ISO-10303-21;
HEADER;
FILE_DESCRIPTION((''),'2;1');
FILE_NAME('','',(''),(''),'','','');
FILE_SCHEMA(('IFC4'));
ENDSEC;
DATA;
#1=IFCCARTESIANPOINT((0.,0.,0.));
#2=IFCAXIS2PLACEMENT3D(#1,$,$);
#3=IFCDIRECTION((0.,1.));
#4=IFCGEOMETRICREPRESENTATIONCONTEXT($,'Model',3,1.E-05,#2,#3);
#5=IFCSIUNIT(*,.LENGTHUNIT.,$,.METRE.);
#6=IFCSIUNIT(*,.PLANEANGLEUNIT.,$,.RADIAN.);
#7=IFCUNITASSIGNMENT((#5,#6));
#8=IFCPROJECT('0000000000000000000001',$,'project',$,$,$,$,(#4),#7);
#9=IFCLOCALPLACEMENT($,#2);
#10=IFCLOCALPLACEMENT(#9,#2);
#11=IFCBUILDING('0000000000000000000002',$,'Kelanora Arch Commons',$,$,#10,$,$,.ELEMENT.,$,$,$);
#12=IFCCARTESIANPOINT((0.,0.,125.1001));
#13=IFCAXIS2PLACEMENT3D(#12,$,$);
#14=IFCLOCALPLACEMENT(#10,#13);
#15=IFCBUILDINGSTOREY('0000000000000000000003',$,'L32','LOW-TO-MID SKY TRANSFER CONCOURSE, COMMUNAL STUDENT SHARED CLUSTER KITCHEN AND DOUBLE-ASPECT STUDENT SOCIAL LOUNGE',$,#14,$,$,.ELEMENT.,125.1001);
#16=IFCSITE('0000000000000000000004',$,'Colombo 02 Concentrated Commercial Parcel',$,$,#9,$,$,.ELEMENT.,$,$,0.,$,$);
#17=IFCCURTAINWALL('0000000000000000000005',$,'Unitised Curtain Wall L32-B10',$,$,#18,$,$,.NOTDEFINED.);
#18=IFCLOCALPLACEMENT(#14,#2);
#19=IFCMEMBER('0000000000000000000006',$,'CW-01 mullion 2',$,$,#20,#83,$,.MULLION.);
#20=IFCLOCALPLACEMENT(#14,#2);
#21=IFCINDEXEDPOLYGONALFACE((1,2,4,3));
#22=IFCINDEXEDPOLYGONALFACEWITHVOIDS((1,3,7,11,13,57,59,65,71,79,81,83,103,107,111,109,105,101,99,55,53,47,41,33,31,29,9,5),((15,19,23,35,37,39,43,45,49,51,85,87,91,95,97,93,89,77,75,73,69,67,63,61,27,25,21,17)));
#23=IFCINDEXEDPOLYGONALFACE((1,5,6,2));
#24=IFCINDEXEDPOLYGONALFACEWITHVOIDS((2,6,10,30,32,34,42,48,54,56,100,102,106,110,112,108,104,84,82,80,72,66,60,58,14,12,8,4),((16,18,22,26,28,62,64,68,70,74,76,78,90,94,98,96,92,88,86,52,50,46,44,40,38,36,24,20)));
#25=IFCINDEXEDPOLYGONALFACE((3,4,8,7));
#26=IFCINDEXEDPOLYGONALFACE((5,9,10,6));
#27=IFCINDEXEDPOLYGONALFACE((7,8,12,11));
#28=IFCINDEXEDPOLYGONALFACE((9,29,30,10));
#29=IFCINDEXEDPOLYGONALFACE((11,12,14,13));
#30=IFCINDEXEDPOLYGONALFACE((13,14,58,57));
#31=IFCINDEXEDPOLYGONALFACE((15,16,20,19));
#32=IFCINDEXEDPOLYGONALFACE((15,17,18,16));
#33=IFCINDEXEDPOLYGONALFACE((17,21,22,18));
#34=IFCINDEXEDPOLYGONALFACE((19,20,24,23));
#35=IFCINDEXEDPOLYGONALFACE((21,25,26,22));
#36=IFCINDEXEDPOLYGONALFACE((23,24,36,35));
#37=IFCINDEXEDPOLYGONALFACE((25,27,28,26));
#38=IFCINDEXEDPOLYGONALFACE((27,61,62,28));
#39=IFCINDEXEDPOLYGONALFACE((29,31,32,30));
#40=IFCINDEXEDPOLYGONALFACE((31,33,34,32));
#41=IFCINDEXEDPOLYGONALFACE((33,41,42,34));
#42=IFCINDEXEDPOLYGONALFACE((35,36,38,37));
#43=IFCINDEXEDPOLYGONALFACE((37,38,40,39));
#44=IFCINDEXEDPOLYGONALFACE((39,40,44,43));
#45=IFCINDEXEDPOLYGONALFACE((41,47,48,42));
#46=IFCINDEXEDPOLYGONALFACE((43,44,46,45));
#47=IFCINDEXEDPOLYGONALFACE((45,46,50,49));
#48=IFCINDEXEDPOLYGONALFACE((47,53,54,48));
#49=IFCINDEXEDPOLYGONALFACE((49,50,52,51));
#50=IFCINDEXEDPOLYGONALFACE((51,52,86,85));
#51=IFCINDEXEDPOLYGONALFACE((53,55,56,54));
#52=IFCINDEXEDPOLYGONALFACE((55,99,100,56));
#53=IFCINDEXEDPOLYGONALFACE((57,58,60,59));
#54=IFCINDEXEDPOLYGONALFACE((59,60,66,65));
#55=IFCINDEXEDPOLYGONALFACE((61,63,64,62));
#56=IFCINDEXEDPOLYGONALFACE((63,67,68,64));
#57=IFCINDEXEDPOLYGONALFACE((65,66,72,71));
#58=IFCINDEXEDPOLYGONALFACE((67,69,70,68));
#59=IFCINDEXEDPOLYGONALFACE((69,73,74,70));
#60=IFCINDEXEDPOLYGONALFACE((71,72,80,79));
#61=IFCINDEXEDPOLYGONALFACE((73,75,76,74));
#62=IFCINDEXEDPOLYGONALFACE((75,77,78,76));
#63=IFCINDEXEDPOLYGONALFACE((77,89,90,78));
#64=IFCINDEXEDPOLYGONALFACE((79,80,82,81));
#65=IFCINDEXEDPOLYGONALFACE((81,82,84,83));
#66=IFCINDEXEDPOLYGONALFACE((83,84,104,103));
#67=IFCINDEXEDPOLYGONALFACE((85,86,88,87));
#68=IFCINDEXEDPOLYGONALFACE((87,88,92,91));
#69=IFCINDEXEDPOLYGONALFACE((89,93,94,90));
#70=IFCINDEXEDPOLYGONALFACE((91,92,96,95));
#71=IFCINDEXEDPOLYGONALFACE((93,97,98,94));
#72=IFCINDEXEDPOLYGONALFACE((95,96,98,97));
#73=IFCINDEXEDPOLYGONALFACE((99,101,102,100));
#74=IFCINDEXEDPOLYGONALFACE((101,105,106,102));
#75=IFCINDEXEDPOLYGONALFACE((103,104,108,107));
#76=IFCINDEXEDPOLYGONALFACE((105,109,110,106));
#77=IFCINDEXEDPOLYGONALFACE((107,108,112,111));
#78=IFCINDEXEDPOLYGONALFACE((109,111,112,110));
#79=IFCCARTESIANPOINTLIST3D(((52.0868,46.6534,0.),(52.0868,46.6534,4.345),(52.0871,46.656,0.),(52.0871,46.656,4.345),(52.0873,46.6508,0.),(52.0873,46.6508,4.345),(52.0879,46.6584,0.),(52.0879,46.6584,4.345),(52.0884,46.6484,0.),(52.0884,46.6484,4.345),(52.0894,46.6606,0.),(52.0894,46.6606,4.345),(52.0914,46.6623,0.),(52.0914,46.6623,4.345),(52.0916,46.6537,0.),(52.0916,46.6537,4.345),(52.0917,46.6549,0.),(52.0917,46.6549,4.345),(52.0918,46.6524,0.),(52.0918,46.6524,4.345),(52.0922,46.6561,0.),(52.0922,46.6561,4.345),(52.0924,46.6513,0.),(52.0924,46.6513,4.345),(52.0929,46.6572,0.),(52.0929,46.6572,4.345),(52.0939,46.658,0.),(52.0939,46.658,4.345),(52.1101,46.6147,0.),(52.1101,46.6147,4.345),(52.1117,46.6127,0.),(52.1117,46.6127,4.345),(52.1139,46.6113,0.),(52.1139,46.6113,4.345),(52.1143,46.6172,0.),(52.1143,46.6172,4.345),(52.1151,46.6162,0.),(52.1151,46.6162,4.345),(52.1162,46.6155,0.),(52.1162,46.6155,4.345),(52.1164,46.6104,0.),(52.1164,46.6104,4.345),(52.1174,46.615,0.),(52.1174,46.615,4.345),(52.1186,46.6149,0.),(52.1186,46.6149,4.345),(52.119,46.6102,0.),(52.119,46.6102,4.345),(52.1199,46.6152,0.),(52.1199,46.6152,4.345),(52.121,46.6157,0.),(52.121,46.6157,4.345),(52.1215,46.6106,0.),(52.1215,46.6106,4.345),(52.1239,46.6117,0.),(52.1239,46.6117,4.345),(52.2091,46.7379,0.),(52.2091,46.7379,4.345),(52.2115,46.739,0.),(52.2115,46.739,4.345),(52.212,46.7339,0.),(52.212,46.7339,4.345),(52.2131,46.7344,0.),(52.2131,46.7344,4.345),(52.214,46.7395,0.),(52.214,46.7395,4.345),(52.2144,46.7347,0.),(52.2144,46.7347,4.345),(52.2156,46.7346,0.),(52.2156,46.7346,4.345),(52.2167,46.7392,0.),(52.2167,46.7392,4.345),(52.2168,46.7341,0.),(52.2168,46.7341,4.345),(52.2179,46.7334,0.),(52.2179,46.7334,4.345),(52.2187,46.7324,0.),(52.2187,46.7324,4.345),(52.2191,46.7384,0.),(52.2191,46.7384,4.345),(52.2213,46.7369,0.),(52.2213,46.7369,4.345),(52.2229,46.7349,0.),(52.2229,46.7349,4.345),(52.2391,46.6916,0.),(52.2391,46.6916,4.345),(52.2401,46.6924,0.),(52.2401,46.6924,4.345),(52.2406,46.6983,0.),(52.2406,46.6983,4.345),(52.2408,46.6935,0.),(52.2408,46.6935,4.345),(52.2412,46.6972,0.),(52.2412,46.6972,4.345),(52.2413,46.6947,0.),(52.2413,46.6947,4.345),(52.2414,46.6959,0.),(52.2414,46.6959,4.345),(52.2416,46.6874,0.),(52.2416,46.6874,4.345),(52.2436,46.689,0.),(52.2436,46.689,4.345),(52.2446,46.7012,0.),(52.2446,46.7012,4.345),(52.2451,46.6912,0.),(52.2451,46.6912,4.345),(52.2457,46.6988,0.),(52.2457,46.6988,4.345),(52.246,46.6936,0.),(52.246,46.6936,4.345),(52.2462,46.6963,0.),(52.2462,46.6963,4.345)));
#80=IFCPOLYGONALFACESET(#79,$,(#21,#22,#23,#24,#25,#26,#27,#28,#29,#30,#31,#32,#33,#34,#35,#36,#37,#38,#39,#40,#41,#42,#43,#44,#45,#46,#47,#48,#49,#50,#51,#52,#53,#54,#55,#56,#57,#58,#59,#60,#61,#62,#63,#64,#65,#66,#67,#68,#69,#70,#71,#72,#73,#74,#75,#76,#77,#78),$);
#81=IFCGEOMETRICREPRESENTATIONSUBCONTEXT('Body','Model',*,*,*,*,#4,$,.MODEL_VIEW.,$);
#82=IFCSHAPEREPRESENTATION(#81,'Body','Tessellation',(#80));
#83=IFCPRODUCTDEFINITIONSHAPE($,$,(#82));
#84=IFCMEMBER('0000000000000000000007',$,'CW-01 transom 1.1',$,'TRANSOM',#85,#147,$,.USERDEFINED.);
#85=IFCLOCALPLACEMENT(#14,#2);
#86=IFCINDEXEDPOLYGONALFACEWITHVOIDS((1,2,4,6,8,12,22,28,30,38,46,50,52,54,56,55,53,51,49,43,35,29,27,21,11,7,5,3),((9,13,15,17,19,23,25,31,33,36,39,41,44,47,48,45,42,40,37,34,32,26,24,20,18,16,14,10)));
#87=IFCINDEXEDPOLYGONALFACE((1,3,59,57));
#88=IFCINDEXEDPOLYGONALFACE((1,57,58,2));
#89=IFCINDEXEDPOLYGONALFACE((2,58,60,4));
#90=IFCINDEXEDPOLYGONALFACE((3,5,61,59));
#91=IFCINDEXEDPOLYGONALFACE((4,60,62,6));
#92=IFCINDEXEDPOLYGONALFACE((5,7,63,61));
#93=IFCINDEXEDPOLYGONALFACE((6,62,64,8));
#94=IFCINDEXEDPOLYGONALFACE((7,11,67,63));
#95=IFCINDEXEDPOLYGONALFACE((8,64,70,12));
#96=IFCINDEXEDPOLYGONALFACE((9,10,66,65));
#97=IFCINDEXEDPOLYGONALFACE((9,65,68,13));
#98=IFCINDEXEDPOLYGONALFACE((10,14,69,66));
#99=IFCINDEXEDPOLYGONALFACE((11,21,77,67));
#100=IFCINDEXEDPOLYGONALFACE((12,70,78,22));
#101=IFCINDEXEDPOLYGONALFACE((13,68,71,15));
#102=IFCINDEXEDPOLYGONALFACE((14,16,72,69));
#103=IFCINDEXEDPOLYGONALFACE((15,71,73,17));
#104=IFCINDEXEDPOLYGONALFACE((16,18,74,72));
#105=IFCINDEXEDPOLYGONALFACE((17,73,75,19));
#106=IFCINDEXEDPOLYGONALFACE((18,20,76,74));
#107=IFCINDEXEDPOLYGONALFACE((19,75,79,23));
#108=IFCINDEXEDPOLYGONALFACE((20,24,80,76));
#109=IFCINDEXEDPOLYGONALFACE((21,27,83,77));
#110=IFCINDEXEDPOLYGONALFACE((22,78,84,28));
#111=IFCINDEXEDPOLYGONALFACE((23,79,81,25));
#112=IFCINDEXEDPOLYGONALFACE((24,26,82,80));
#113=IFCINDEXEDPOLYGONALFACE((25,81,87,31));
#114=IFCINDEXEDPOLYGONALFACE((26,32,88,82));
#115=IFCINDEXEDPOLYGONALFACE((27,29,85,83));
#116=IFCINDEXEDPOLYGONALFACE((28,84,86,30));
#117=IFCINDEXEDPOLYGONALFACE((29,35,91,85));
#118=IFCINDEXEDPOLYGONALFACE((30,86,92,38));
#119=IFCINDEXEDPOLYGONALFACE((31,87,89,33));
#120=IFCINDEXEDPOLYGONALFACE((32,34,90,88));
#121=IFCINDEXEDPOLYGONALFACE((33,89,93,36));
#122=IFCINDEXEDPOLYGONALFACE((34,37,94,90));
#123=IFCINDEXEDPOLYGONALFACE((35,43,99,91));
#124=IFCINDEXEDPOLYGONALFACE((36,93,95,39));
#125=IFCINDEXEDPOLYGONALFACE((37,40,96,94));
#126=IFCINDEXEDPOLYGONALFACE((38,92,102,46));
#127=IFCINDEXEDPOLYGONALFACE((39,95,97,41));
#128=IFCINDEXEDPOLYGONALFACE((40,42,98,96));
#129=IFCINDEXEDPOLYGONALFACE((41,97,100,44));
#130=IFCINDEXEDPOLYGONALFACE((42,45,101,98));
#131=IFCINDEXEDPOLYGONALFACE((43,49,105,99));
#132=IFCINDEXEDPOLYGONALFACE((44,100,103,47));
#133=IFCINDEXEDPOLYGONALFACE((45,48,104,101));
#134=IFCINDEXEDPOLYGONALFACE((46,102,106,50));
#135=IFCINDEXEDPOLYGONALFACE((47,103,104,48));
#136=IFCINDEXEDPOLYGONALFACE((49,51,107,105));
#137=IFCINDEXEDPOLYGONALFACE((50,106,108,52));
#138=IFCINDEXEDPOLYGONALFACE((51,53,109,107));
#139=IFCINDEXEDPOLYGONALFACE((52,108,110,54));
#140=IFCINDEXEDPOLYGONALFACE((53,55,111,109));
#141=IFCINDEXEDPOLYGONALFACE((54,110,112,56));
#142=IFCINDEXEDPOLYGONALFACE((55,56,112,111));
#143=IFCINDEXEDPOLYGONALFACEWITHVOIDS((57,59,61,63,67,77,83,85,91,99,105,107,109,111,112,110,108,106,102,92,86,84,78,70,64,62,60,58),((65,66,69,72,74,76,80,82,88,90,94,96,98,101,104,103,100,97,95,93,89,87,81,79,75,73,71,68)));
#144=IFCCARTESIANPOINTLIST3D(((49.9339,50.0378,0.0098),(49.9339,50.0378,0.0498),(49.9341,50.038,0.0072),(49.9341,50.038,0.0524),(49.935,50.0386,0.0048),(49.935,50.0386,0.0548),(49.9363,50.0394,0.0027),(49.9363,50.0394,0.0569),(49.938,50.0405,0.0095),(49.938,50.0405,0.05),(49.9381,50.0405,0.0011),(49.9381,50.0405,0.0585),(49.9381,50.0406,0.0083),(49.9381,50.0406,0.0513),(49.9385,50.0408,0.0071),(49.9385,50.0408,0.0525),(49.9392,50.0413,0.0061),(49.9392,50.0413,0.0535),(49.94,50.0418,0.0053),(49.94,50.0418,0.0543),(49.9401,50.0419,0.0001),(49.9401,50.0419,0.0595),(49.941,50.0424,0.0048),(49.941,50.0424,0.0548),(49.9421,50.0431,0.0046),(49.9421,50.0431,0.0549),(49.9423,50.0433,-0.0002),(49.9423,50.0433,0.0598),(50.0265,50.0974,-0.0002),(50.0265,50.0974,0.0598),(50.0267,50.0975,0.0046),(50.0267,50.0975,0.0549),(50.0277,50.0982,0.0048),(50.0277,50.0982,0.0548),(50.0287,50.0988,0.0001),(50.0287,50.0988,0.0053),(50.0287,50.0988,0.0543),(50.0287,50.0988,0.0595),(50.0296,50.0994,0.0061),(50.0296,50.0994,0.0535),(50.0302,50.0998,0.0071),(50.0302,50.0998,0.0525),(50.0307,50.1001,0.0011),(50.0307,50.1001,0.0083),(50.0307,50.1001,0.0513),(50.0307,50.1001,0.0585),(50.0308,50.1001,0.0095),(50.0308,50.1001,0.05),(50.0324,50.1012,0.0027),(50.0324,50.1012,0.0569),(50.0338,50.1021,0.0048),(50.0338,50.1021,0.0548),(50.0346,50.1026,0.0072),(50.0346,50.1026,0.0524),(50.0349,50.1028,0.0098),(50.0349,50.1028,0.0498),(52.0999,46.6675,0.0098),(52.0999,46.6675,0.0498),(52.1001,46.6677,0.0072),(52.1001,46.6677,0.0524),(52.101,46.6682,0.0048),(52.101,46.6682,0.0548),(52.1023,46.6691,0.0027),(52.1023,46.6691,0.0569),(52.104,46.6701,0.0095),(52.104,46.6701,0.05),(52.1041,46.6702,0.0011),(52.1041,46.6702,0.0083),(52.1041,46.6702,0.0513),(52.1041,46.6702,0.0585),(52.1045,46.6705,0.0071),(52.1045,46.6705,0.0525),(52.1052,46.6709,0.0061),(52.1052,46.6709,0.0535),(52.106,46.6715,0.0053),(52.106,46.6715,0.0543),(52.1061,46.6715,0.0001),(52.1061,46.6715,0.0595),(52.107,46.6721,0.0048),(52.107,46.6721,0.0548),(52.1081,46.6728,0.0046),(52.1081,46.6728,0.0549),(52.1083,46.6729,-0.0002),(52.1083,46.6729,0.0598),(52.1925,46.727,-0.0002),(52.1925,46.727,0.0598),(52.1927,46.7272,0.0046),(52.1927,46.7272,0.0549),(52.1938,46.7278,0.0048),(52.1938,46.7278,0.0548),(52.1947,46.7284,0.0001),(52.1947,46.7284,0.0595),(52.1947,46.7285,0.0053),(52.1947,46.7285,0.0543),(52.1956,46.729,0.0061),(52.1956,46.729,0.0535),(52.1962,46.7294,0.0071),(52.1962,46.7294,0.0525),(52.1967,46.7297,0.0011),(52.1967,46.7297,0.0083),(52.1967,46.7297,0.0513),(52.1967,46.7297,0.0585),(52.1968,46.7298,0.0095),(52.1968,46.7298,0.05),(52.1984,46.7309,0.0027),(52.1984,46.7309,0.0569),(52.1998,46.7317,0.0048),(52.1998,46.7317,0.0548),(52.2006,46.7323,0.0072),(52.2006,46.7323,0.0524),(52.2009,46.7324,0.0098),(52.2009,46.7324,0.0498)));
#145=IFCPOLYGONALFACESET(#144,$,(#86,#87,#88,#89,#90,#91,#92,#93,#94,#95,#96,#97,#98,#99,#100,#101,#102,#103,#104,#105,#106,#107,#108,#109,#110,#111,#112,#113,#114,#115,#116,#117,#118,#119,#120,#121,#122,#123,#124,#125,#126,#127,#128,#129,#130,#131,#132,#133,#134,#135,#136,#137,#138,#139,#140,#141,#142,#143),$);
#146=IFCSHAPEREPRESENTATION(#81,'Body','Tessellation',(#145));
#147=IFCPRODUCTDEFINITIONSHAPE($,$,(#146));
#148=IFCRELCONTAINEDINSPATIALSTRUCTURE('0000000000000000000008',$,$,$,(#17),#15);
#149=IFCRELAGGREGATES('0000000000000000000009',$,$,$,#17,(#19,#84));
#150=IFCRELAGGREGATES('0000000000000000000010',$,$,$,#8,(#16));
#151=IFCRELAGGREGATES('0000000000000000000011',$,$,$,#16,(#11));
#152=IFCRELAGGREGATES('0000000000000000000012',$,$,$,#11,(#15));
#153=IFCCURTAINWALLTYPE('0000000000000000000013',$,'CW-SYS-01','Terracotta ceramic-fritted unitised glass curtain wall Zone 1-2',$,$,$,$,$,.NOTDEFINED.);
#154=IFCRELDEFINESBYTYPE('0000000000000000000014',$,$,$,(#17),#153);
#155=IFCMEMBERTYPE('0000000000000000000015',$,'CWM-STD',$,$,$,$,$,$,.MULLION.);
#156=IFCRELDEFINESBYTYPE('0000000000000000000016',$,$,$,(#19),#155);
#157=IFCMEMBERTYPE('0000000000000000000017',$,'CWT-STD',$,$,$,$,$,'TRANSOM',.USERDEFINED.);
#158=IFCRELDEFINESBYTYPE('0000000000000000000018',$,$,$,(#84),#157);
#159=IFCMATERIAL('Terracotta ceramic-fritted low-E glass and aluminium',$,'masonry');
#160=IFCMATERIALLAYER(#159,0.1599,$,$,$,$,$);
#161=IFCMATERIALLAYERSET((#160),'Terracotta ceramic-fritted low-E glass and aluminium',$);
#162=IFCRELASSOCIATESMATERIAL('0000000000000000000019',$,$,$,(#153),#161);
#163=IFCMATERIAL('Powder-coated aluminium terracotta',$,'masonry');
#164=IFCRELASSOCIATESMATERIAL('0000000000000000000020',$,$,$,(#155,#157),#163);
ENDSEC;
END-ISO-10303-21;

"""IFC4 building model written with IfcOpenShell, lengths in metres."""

from ifc_helpers import new_model, si_unit, direction, frame, origin, origin_2d, place, context, subcontext, project, spatial, hollow_rectangle, extrude, material, layer, layer_set, material_profile, profile_set, type_object, element, aggregate, save


model = new_model("IFC4")

# Units and contexts
model_context = context("Model", 3, precision=1e-05, world=origin(), true_north=direction((0.0, 1.0)))
body_context = subcontext(model_context, "Body", "Model", "MODEL_VIEW")
ifc_project = project(units=[si_unit("LENGTHUNIT", "METRE"), si_unit("PLANEANGLEUNIT", "RADIAN")], contexts=[model_context])

# Site, building, storey
site_placement = place(None, origin())
site = spatial("IfcSite", under=ifc_project, at=site_placement, Name="Colombo 02 Concentrated Commercial Parcel", CompositionType="ELEMENT", RefElevation=0.0)
building_placement = place(site_placement, origin())
building = spatial("IfcBuilding", under=site, at=building_placement, Name="Kelanora Arch Commons", CompositionType="ELEMENT")
storey_placement = place(building_placement, frame((0.0, 0.0, 125.1001)))
storey = spatial("IfcBuildingStorey", under=building, at=storey_placement, Name="L32", Description="LOW-TO-MID SKY TRANSFER CONCOURSE, COMMUNAL STUDENT SHARED CLUSTER KITCHEN AND DOUBLE-ASPECT STUDENT SOCIAL LOUNGE", CompositionType="ELEMENT", Elevation=125.1001)

# Shared definitions
ifc_material_1 = material(Name="Terracotta ceramic-fritted low-E glass and aluminium", Category="masonry")
ifc_layer_1 = layer(ifc_material_1, 0.1599)
ifc_layer_set_1 = layer_set([ifc_layer_1], Name="Terracotta ceramic-fritted low-E glass and aluminium")
curtain_wall_type = type_object("IfcCurtainWallType", Name="CW-SYS-01", Description="Terracotta ceramic-fritted unitised glass curtain wall Zone 1-2", PredefinedType="NOTDEFINED", material=ifc_layer_set_1)
ifc_material_2 = material(Name="Powder-coated aluminium terracotta", Category="masonry")
ifc_material_profile_1 = material_profile(ifc_material_2, hollow_rectangle(XDim=0.1599, YDim=0.0601, WallThickness=0.0049, InnerFilletRadius=0.0049, OuterFilletRadius=0.01, at=origin_2d()), Name="CWM160x60")
ifc_profile_set_1 = profile_set([ifc_material_profile_1], Name="Powder-coated aluminium terracotta")
member_type_1 = type_object("IfcMemberType", Name="CWM-STD", PredefinedType="MULLION", material=ifc_profile_set_1)

# Curtain wall, members
curtain_wall_1_placement = place(storey_placement, origin())
curtain_wall_1 = element("IfcCurtainWall", 1, at=curtain_wall_1_placement, inside=storey, type_object=curtain_wall_type, Name="Unitised Curtain Wall L32-B10", PredefinedType="NOTDEFINED")
member_1_placement = place(storey_placement, frame((52.1665, 46.6748, 0.0), z_axis=(0.0, 0.0, 1.0), x_axis=(0.841269, 0.540617, 0.0)))
member_1 = element("IfcMember", 2, at=member_1_placement, type_object=member_type_1, Name="CW-01 mullion 2", PredefinedType="MULLION", context=body_context, shape_type="SweptSolid", body=[
    extrude(hollow_rectangle(XDim=0.1599, YDim=0.0601, WallThickness=0.0049, InnerFilletRadius=0.0049, OuterFilletRadius=0.01, at=origin_2d()), origin(), (0.0, 0.0, 1.0), 4.345),
])
ifc_material_profile_2 = material_profile(ifc_material_2, hollow_rectangle(XDim=0.1201, YDim=0.0601, WallThickness=0.0049, InnerFilletRadius=0.0049, OuterFilletRadius=0.01, at=origin_2d()), Name="CWT120x60")
ifc_profile_set_2 = profile_set([ifc_material_profile_2], Name="Powder-coated aluminium terracotta")
member_type_2 = type_object("IfcMemberType", Name="CWT-STD", ElementType="TRANSOM", PredefinedType="USERDEFINED", material=ifc_profile_set_2)
member_2_placement = place(storey_placement, frame((49.9844, 50.0703, 0.0298), z_axis=(0.540644, -0.841252, 0.0), x_axis=(0.841252, 0.540644, 0.0)))
member_2 = element("IfcMember", 3, at=member_2_placement, type_object=member_type_2, Name="CW-01 transom 1.1", ObjectType="TRANSOM", PredefinedType="USERDEFINED", context=body_context, shape_type="SweptSolid", body=[
    extrude(hollow_rectangle(XDim=0.1201, YDim=0.0601, WallThickness=0.0049, InnerFilletRadius=0.0049, OuterFilletRadius=0.01, at=origin_2d()), origin(), (0.0, 0.0, 1.0), 4.0063),
])

aggregate(curtain_wall_1, [member_1, member_2])

save(model, "model.ifc")
